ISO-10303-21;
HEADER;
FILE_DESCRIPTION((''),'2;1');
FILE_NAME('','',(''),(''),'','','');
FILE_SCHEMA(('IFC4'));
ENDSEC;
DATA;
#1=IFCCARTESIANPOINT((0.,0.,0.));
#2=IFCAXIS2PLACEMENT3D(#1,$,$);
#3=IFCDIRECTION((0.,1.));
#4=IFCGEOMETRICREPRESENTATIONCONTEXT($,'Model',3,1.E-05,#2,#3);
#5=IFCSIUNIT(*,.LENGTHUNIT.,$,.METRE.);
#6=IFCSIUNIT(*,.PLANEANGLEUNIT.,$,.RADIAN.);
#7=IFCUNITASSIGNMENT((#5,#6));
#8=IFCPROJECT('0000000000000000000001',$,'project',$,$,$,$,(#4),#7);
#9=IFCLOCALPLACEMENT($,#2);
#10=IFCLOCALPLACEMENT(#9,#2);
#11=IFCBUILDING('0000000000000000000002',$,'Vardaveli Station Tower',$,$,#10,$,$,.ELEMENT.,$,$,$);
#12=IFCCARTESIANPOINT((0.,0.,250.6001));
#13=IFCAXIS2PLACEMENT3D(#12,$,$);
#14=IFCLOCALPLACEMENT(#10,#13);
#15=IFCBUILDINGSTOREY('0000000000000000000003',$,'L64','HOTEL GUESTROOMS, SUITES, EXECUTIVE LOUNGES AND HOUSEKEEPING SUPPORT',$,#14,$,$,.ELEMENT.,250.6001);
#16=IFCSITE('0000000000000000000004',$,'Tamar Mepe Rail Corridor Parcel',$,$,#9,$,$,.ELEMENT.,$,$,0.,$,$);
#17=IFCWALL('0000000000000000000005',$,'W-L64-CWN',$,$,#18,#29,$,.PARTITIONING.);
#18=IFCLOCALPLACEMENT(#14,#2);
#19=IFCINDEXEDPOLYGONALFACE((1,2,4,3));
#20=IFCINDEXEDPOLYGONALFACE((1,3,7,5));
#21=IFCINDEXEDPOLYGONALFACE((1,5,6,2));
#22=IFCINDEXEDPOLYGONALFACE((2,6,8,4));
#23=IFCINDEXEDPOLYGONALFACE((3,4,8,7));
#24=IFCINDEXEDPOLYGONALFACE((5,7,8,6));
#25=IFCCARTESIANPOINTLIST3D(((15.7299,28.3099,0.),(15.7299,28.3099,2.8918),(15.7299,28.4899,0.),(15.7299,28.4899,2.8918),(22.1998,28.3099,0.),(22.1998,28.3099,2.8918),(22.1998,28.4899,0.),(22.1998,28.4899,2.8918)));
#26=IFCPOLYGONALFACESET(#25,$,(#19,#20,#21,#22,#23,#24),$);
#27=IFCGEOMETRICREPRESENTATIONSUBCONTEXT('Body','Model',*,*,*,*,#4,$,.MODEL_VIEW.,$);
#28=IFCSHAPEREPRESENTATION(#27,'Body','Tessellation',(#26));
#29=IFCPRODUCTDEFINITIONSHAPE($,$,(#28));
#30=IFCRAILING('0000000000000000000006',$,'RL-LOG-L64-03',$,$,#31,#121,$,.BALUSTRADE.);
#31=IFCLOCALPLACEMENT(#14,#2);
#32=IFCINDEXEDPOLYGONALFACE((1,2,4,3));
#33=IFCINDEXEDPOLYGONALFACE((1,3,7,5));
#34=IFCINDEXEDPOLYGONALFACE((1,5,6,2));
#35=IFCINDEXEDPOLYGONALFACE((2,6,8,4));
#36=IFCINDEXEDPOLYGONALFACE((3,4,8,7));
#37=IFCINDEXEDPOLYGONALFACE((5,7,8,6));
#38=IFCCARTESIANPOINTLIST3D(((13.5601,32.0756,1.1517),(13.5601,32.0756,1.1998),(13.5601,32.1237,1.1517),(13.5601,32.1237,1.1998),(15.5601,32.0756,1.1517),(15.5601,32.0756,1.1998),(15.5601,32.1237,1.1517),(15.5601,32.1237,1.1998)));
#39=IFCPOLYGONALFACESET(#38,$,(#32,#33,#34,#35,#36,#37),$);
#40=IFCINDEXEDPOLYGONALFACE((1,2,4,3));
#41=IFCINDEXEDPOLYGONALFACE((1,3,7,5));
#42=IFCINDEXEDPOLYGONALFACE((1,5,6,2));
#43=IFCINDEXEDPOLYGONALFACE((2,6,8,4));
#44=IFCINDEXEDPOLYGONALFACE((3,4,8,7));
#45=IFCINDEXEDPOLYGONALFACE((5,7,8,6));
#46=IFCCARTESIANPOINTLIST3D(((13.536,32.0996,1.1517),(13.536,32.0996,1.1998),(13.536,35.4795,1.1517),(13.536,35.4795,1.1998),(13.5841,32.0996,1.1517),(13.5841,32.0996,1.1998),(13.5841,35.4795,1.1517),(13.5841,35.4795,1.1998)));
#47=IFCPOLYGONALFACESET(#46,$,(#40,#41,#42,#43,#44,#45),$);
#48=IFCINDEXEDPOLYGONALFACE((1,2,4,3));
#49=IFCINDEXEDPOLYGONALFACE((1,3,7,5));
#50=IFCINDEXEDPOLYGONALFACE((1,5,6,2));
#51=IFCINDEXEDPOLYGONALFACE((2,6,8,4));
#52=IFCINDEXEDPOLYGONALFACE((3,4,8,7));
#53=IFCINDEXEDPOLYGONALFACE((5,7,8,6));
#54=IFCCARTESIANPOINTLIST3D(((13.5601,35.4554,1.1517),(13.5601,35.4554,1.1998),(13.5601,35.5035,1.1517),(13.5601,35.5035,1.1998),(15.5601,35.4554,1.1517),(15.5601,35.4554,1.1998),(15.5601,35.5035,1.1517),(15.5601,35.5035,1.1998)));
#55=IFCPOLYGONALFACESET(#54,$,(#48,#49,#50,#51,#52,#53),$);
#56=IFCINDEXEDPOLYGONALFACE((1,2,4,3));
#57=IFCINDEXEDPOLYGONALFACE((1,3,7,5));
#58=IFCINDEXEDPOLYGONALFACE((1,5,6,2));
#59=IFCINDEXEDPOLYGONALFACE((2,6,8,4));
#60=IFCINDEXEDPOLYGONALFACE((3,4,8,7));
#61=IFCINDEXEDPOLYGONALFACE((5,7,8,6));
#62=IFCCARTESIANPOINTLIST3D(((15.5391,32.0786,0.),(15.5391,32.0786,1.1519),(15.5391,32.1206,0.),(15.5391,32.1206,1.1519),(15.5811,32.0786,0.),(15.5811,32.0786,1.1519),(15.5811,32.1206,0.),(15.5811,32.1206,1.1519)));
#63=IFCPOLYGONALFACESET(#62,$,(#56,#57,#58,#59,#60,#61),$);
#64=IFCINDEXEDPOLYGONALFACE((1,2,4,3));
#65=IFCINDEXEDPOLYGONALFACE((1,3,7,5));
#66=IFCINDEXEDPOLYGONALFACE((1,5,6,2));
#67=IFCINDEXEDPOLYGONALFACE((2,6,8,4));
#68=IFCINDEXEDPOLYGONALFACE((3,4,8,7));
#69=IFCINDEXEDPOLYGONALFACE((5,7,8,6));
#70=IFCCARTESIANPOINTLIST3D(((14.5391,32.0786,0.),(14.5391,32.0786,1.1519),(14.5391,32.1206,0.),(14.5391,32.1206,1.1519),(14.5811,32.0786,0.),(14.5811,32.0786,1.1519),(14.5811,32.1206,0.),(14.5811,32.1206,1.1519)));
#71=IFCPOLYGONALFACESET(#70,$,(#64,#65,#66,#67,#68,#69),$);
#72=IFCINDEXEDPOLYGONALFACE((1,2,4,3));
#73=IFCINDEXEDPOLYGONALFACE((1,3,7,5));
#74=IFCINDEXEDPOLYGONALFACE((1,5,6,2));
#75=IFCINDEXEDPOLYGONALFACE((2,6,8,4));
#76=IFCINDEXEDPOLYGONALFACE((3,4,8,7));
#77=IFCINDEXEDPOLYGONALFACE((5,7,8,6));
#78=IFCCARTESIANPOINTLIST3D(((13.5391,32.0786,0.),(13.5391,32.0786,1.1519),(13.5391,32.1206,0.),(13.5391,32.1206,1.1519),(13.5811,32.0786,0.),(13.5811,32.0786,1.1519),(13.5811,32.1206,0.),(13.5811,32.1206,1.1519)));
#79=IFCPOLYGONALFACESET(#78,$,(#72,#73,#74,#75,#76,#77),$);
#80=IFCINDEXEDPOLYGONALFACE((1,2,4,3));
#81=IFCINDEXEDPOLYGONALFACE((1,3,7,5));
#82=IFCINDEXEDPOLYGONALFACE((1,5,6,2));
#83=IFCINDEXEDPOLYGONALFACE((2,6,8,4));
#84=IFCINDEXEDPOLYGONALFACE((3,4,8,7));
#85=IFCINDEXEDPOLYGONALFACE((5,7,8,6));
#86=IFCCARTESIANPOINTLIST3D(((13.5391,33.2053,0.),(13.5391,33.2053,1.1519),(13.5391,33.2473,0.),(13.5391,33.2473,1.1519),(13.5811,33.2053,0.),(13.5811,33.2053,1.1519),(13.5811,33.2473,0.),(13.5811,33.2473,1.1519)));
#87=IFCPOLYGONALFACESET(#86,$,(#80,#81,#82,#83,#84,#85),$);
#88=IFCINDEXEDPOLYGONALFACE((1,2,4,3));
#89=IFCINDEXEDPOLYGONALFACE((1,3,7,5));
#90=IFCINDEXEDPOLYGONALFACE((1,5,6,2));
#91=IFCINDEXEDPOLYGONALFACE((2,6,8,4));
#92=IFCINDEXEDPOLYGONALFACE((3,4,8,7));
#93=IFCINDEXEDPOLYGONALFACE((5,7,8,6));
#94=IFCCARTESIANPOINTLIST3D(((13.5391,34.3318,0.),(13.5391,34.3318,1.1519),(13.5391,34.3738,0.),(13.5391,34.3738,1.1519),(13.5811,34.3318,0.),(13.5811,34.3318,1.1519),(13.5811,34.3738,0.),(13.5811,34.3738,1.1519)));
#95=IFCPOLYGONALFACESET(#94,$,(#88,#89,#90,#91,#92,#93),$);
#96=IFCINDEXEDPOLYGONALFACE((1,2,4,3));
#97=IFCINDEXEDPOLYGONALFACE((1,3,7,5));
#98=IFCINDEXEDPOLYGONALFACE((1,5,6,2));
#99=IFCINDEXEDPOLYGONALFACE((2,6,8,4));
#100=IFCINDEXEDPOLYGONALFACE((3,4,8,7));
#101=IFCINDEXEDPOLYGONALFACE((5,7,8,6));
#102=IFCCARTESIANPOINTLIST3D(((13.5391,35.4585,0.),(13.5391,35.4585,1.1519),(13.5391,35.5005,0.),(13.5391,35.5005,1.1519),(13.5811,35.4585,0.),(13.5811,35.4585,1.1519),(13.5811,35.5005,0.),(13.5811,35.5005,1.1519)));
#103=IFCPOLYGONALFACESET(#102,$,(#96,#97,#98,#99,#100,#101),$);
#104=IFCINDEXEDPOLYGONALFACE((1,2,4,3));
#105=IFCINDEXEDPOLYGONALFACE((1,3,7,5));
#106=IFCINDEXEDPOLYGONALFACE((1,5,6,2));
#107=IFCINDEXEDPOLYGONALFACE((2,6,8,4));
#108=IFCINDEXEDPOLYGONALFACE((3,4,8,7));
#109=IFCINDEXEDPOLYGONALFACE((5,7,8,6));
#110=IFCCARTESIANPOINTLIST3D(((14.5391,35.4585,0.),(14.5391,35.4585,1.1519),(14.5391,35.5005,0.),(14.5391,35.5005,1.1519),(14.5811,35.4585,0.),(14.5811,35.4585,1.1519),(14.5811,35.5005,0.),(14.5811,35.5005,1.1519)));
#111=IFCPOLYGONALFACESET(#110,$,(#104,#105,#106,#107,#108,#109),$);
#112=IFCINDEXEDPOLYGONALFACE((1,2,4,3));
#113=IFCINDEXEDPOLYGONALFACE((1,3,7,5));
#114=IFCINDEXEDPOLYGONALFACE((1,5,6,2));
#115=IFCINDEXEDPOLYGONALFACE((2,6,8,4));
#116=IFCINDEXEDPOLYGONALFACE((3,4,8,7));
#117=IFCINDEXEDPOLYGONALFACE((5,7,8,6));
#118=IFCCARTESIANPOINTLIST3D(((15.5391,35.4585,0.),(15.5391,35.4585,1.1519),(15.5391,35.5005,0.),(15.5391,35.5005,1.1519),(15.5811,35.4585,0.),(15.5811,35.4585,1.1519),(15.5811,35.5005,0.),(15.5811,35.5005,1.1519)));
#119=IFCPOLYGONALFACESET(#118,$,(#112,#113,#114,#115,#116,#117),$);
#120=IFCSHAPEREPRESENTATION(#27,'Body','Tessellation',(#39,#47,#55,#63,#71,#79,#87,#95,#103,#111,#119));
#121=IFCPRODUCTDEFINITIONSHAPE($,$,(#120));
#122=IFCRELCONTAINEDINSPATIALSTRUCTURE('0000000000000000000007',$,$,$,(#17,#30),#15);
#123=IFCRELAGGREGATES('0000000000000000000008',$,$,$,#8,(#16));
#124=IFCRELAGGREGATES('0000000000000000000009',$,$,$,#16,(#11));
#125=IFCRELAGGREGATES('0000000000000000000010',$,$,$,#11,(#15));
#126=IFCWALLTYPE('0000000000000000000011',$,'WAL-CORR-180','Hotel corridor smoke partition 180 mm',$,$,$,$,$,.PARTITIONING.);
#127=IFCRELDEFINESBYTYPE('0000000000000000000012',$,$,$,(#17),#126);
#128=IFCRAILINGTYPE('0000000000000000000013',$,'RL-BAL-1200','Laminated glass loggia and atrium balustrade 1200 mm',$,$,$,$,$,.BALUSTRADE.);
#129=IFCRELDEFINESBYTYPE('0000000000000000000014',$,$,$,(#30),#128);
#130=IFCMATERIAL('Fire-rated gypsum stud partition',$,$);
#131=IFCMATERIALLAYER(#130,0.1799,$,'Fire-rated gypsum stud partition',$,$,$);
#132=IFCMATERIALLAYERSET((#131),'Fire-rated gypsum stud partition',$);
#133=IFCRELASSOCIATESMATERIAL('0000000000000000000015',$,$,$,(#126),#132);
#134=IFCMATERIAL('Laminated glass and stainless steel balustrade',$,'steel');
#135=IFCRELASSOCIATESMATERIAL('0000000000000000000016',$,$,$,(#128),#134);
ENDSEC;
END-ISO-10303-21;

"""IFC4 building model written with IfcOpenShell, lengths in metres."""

from ifc_helpers import new_model, si_unit, direction, frame, frame_2d, origin, origin_2d, place, context, subcontext, project, spatial, rectangle, extrude, source, transform, mapped, material, layer, layer_set, type_object, element, save


model = new_model("IFC4")

# Units and contexts
model_context = context("Model", 3, precision=1e-05, world=origin(), true_north=direction((0.0, 1.0)))
body_context = subcontext(model_context, "Body", "Model", "MODEL_VIEW")
ifc_project = project(units=[si_unit("LENGTHUNIT", "METRE"), si_unit("PLANEANGLEUNIT", "RADIAN")], contexts=[model_context])

# Site, building, storey
site_placement = place(None, origin())
site = spatial("IfcSite", under=ifc_project, at=site_placement, Name="Tamar Mepe Rail Corridor Parcel", CompositionType="ELEMENT", RefElevation=0.0)
building_placement = place(site_placement, origin())
building = spatial("IfcBuilding", under=site, at=building_placement, Name="Vardaveli Station Tower", CompositionType="ELEMENT")
storey_placement = place(building_placement, frame((0.0, 0.0, 250.6001)))
storey = spatial("IfcBuildingStorey", under=building, at=storey_placement, Name="L64", Description="HOTEL GUESTROOMS, SUITES, EXECUTIVE LOUNGES AND HOUSEKEEPING SUPPORT", CompositionType="ELEMENT", Elevation=250.6001)

# Shared definitions
ifc_material_1 = material(Name="Fire-rated gypsum stud partition")
ifc_layer_1 = layer(ifc_material_1, 0.1799, Name="Fire-rated gypsum stud partition")
ifc_layer_set_1 = layer_set([ifc_layer_1], Name="Fire-rated gypsum stud partition")
wall_type = type_object("IfcWallType", Name="WAL-CORR-180", Description="Hotel corridor smoke partition 180 mm", PredefinedType="PARTITIONING", material=ifc_layer_set_1)

# Wall
shared_shape_1 = source(origin(), body_context, "Body", "SweptSolid", [
    extrude(rectangle(XDim=6.47, YDim=0.1799, at=frame_2d((3.2349, 0.0))), origin(), (0.0, 0.0, 1.0), 2.8918),
])
wall_1_placement = place(storey_placement, frame((15.73, 28.3999, 0.0), z_axis=(0.0, 0.0, 1.0), x_axis=(1.0, 0.0, 0.0)))
element("IfcWall", 1, at=wall_1_placement, inside=storey, type_object=wall_type, Name="W-L64-CWN", PredefinedType="PARTITIONING", context=body_context, shape_type="MappedRepresentation", body=[
    mapped(shared_shape_1, transform((0.0, 0.0, 0.0), scale=1.0)),
])

# Railing
ifc_material_2 = material(Name="Laminated glass and stainless steel balustrade", Category="steel")
railing_type = type_object("IfcRailingType", Name="RL-BAL-1200", Description="Laminated glass loggia and atrium balustrade 1200 mm", PredefinedType="BALUSTRADE", material=ifc_material_2)
shared_shape_2 = source(origin(), body_context, "Body", "SweptSolid", [
    extrude(rectangle(XDim=0.0481, YDim=0.0481, at=origin_2d()), frame((0.0, 0.0, 1.1758), z_axis=(-1.0, 0.0, 0.0), x_axis=(0.0, -1.0, 0.0)), (0.0, 0.0, 1.0), 2.0),
    extrude(rectangle(XDim=0.0481, YDim=0.0481, at=origin_2d()), frame((-2.0, 0.0, 1.1758), z_axis=(0.0, 1.0, 0.0), x_axis=(-1.0, 0.0, 0.0)), (0.0, 0.0, 1.0), 3.3799),
    extrude(rectangle(XDim=0.0481, YDim=0.0481, at=origin_2d()), frame((-2.0, 3.3799, 1.1758), z_axis=(1.0, 0.0, 0.0), x_axis=(0.0, 1.0, 0.0)), (0.0, 0.0, 1.0), 2.0),
    extrude(rectangle(XDim=0.042, YDim=0.042, at=origin_2d()), origin(), (0.0, 0.0, 1.0), 1.1519),
    extrude(rectangle(XDim=0.042, YDim=0.042, at=origin_2d()), frame((-1.0, 0.0, 0.0)), (0.0, 0.0, 1.0), 1.1519),
    extrude(rectangle(XDim=0.042, YDim=0.042, at=origin_2d()), frame((-2.0, 0.0, 0.0)), (0.0, 0.0, 1.0), 1.1519),
    extrude(rectangle(XDim=0.042, YDim=0.042, at=origin_2d()), frame((-2.0, 1.1267, 0.0)), (0.0, 0.0, 1.0), 1.1519),
    extrude(rectangle(XDim=0.042, YDim=0.042, at=origin_2d()), frame((-2.0, 2.2532, 0.0)), (0.0, 0.0, 1.0), 1.1519),
    extrude(rectangle(XDim=0.042, YDim=0.042, at=origin_2d()), frame((-2.0, 3.3799, 0.0)), (0.0, 0.0, 1.0), 1.1519),
    extrude(rectangle(XDim=0.042, YDim=0.042, at=origin_2d()), frame((-1.0, 3.3799, 0.0)), (0.0, 0.0, 1.0), 1.1519),
    extrude(rectangle(XDim=0.042, YDim=0.042, at=origin_2d()), frame((0.0, 3.3799, 0.0)), (0.0, 0.0, 1.0), 1.1519),
])
railing_placement = place(storey_placement, frame((15.5601, 32.0996, 0.0)))
element("IfcRailing", 2, at=railing_placement, inside=storey, type_object=railing_type, Name="RL-LOG-L64-03", PredefinedType="BALUSTRADE", context=body_context, shape_type="MappedRepresentation", body=[
    mapped(shared_shape_2, transform((0.0, 0.0, 0.0), scale=1.0)),
])

save(model, "model.ifc")
